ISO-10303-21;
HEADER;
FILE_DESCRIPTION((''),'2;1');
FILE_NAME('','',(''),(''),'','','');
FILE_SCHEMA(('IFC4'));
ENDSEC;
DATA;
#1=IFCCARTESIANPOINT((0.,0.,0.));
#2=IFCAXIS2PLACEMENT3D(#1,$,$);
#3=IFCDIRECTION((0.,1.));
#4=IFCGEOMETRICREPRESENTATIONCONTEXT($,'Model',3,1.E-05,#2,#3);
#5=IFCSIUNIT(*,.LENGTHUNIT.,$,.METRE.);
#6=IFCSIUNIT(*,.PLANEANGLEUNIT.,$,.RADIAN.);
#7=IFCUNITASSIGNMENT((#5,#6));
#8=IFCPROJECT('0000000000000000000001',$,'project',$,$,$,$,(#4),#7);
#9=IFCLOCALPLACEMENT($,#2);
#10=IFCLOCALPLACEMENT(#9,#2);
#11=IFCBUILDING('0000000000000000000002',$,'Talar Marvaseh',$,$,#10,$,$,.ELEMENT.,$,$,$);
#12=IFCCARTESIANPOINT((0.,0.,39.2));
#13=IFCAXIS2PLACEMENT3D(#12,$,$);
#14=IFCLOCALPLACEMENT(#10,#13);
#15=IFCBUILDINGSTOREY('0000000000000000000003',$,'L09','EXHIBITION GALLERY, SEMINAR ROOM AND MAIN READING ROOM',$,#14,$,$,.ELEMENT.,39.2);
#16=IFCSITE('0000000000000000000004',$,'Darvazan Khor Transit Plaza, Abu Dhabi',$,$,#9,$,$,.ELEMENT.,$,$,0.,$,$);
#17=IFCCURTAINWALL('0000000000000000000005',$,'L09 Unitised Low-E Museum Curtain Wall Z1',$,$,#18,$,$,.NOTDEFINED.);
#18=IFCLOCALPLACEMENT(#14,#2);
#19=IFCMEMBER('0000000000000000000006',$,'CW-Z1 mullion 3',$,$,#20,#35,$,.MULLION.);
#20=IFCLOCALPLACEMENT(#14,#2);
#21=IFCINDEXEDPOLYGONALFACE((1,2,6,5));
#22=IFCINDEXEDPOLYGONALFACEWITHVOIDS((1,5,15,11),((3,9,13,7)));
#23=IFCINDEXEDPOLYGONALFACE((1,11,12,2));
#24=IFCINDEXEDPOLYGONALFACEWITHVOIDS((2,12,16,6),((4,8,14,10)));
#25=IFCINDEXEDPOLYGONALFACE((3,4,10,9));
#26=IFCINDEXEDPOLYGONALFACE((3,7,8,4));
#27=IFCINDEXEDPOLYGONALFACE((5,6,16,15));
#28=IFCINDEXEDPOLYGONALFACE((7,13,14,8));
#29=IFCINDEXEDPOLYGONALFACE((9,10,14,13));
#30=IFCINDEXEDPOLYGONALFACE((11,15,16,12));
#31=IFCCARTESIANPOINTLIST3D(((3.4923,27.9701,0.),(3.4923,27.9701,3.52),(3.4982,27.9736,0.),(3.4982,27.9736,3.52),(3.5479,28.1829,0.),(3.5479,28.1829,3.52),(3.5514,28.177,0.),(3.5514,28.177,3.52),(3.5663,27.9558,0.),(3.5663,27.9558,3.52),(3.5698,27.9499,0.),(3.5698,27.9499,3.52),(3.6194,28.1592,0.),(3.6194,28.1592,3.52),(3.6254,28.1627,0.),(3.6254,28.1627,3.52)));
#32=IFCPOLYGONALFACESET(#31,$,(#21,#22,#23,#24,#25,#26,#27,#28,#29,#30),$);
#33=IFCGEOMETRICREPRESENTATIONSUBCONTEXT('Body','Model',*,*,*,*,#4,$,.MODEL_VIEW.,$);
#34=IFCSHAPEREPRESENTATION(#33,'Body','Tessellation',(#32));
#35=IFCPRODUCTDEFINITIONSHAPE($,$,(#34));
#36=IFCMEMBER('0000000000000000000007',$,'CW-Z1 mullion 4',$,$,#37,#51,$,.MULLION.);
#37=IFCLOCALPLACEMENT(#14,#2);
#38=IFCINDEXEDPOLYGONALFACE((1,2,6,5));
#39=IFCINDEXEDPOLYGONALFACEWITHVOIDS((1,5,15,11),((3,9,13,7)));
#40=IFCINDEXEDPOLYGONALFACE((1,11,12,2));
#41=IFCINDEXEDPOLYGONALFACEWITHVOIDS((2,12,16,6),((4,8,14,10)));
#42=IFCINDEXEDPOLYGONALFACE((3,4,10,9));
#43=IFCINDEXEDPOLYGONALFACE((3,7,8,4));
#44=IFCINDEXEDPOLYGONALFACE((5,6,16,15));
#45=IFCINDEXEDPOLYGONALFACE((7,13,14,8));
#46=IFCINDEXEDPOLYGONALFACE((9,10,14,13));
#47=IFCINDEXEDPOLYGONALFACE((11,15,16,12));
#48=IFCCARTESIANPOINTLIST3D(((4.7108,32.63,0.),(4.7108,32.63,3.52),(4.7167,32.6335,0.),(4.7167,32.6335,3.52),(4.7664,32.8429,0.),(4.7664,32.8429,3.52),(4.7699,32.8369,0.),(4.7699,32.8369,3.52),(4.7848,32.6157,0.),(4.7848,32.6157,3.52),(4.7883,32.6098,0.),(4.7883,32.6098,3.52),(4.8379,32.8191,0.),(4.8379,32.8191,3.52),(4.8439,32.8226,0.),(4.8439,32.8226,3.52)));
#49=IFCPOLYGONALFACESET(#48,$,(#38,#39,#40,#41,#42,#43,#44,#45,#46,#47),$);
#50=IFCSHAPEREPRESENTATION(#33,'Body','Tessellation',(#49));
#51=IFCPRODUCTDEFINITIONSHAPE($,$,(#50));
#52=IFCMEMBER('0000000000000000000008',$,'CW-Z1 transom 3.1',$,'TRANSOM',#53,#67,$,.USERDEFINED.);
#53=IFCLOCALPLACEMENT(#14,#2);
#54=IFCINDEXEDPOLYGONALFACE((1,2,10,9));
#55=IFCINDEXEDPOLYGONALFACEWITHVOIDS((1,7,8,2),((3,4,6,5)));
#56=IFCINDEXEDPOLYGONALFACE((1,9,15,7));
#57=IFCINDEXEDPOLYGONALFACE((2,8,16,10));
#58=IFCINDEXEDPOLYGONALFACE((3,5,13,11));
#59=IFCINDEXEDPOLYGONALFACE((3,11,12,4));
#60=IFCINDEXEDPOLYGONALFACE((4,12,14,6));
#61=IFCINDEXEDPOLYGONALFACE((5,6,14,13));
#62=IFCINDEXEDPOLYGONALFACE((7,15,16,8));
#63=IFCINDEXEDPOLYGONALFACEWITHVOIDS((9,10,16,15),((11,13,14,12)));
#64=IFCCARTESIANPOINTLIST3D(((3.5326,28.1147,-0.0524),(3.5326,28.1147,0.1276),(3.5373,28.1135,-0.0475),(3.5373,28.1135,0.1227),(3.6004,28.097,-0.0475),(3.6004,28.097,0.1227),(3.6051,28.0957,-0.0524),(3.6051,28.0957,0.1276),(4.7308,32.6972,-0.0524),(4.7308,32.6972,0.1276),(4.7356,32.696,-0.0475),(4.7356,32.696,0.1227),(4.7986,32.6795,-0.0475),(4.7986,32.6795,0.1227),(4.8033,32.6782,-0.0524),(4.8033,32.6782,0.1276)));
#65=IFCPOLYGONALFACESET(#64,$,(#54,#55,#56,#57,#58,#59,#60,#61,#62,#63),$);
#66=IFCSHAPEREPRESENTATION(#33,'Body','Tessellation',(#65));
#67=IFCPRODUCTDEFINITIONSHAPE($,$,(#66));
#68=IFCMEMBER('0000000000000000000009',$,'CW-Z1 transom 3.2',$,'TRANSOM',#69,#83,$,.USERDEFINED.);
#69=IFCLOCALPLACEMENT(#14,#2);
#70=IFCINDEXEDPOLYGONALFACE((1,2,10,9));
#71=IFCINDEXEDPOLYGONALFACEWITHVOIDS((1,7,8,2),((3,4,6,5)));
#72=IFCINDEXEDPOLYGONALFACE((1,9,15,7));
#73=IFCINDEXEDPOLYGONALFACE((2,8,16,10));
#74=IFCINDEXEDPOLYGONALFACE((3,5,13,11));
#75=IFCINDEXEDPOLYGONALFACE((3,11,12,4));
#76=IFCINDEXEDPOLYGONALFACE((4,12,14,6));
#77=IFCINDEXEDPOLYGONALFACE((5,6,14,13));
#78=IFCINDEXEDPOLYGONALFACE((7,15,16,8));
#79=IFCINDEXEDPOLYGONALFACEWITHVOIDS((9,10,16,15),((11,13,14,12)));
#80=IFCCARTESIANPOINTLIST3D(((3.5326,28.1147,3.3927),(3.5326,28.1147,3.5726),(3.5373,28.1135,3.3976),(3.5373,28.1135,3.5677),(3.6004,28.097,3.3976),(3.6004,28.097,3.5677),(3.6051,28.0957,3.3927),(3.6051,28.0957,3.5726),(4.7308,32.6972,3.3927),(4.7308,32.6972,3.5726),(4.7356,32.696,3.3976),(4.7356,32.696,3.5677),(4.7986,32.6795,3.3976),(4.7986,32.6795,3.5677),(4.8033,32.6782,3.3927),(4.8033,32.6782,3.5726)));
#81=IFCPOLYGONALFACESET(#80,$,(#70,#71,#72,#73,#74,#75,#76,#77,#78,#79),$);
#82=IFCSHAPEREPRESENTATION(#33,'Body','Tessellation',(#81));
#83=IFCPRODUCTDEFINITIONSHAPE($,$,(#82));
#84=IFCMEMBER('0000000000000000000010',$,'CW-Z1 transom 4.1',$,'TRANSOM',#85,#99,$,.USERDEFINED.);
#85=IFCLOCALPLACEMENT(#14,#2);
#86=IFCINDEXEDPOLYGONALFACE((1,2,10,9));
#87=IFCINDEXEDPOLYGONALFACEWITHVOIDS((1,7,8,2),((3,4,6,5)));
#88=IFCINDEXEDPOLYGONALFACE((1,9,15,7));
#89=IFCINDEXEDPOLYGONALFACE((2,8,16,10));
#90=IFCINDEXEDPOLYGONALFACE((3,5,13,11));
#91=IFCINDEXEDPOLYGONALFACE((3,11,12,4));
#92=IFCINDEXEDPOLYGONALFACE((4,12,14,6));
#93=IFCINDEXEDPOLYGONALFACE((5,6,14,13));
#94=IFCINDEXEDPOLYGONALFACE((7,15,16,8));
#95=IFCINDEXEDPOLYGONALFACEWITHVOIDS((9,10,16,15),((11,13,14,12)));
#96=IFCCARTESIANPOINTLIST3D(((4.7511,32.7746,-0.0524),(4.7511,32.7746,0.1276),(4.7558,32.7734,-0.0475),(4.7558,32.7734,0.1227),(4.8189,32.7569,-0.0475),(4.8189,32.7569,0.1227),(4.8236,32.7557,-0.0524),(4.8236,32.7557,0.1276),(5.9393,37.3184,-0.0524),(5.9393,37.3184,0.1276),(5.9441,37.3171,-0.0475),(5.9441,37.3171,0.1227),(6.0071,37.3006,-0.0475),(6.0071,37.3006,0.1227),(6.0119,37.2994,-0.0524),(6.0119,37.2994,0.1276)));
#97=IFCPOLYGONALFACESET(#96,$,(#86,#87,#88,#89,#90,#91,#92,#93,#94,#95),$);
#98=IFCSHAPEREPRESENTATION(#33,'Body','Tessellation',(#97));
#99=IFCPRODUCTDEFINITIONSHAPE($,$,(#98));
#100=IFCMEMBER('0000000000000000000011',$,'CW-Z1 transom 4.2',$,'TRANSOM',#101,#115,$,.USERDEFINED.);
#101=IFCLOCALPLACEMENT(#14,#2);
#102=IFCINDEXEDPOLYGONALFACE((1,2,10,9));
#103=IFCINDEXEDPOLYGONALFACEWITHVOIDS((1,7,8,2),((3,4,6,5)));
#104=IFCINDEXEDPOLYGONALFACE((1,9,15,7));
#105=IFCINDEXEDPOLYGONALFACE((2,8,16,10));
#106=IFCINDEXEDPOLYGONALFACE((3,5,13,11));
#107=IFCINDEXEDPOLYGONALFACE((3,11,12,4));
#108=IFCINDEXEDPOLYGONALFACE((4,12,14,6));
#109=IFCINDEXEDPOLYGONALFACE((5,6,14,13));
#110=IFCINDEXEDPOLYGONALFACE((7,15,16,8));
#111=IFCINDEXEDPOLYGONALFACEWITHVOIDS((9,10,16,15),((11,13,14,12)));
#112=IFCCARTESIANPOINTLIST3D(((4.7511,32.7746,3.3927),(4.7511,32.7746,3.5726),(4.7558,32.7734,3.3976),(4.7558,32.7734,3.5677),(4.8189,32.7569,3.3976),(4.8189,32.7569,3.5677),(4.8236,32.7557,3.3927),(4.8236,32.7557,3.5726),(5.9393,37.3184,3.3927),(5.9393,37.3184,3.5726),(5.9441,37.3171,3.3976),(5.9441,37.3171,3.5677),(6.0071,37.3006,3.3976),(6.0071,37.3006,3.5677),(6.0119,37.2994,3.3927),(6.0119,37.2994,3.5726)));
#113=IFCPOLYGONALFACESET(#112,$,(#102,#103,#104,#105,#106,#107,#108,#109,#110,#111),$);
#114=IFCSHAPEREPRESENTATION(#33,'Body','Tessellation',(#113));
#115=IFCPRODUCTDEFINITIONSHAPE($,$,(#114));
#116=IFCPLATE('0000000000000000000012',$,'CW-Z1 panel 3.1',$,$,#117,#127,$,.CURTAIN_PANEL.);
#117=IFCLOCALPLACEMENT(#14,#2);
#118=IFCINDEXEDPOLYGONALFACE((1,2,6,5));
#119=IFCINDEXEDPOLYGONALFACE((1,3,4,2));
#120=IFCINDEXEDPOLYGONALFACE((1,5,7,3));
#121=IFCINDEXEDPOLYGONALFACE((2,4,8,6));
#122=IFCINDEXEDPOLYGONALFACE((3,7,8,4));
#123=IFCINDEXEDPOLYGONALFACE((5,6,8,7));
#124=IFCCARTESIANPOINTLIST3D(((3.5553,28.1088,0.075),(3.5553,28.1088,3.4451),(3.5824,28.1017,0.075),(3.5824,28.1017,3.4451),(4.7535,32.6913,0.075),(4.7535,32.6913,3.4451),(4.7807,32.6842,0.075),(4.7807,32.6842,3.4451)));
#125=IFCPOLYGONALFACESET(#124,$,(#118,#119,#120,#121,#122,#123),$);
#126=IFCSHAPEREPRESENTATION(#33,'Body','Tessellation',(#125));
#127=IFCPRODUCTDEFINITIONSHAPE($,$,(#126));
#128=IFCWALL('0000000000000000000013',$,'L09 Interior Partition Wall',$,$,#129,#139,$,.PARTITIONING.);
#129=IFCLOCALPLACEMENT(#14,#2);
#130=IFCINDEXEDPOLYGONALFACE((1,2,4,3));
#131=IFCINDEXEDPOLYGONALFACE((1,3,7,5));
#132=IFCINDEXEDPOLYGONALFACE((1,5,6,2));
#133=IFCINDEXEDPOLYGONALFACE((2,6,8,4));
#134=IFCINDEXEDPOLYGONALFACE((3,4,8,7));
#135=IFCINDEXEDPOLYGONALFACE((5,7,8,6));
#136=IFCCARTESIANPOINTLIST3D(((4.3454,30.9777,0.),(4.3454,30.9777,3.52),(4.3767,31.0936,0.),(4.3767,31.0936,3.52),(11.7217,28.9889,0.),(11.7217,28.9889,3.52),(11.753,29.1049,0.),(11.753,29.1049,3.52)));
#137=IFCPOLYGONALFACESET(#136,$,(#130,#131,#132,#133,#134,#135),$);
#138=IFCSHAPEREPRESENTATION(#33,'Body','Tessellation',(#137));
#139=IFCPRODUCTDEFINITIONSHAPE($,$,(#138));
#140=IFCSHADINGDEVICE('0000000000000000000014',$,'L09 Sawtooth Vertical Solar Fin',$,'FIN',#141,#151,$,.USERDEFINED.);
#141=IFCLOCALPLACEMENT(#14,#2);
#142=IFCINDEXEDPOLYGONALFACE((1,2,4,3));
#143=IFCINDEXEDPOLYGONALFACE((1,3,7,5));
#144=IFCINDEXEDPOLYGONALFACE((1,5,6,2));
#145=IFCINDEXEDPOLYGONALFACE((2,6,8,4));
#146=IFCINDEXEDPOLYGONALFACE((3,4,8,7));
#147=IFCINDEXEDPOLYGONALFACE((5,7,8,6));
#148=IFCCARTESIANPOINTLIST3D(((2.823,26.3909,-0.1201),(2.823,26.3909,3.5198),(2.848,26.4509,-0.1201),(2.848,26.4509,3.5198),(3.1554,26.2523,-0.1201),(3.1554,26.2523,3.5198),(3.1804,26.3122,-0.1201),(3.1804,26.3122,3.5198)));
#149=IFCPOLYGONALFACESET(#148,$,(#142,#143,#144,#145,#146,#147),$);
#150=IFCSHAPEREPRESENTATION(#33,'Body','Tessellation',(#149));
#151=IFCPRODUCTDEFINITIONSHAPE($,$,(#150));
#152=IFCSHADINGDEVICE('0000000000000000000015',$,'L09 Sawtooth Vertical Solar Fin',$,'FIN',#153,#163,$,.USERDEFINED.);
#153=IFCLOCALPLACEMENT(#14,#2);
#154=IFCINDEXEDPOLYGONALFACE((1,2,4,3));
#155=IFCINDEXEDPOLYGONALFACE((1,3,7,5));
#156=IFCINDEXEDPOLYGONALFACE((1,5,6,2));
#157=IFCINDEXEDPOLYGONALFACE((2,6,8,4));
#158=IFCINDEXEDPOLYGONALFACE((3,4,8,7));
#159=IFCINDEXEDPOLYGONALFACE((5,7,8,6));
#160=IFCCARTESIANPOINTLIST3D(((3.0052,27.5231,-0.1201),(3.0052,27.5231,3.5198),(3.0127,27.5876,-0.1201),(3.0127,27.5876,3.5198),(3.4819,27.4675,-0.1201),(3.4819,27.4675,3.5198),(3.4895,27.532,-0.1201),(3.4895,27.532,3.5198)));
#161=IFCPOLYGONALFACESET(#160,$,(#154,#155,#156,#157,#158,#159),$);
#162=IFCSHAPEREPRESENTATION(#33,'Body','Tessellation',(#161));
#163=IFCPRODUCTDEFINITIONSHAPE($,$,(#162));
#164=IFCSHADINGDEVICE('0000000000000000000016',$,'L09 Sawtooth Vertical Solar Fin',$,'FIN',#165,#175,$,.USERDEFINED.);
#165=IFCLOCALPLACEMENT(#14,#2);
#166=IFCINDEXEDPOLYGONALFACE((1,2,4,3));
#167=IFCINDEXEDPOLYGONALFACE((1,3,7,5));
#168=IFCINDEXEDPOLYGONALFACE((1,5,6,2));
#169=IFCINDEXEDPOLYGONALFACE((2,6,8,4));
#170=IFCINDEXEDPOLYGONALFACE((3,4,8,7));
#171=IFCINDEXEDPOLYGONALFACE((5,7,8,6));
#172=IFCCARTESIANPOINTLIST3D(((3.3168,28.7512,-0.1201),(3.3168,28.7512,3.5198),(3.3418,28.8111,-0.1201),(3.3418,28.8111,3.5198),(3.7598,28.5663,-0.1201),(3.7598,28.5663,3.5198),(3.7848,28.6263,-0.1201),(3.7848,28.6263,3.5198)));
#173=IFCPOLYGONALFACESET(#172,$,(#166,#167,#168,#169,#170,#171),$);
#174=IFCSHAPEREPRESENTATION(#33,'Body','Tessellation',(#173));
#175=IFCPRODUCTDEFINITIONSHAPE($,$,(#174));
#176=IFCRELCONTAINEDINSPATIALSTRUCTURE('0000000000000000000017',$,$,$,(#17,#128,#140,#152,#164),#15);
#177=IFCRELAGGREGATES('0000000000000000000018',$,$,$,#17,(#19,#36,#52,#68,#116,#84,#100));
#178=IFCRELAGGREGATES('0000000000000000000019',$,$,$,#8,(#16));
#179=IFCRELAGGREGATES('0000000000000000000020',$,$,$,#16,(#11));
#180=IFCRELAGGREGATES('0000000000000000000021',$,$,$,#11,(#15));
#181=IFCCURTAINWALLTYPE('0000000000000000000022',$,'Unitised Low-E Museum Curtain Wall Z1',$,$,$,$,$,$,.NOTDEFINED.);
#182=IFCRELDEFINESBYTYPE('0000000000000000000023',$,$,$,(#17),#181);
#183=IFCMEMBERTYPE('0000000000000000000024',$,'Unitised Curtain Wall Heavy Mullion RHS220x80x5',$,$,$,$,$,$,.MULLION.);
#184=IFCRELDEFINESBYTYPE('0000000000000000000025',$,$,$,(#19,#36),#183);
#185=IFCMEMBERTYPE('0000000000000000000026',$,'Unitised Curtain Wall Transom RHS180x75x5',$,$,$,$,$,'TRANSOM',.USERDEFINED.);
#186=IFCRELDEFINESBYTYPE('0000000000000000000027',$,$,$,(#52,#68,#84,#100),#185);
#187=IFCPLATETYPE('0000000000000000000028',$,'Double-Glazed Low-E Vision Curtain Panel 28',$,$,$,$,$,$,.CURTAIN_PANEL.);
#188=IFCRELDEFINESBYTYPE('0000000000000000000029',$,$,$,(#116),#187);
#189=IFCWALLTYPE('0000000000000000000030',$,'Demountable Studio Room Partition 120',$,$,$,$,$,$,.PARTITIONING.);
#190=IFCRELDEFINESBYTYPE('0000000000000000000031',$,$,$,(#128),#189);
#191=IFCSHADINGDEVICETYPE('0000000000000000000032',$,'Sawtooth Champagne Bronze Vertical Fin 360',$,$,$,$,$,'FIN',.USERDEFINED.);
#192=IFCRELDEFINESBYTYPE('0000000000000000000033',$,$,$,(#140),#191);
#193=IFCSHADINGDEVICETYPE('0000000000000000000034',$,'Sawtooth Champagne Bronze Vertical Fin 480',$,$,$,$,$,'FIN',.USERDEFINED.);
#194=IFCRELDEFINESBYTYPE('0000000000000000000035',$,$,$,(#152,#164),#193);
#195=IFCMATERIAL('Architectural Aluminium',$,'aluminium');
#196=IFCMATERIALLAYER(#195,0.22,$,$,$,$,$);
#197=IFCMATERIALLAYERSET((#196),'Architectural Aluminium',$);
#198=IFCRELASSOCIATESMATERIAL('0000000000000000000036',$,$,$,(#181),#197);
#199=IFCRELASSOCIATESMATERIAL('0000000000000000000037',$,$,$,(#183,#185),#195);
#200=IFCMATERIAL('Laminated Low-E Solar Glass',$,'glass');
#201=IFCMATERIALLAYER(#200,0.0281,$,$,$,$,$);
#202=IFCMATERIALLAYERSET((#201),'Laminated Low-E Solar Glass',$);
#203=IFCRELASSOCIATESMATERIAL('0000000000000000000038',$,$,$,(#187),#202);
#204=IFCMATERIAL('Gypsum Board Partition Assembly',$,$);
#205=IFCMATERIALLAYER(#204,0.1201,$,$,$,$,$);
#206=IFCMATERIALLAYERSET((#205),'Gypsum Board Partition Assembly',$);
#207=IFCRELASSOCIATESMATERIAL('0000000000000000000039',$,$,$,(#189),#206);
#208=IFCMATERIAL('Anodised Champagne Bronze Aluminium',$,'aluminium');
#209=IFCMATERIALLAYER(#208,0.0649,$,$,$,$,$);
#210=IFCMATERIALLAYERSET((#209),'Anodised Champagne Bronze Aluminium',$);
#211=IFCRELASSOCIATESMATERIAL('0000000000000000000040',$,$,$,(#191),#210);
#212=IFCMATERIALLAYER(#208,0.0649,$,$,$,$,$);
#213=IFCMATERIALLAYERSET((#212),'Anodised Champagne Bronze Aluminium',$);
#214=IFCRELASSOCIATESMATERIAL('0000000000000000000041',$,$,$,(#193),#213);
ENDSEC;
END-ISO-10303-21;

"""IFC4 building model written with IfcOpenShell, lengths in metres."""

from ifc_helpers import new_model, si_unit, direction, frame, frame_2d, origin, origin_2d, place, context, subcontext, project, spatial, rectangle, hollow_rectangle, extrude, source, transform, mapped, material, layer, layer_set, material_profile, profile_set, type_object, type_shapes, element, aggregate, save


model = new_model("IFC4")

# Units and contexts
model_context = context("Model", 3, precision=1e-05, world=origin(), true_north=direction((0.0, 1.0)))
body_context = subcontext(model_context, "Body", "Model", "MODEL_VIEW")
ifc_project = project(units=[si_unit("LENGTHUNIT", "METRE"), si_unit("PLANEANGLEUNIT", "RADIAN")], contexts=[model_context])

# Site, building, storey
site_placement = place(None, origin())
site = spatial("IfcSite", under=ifc_project, at=site_placement, Name="Darvazan Khor Transit Plaza, Abu Dhabi", CompositionType="ELEMENT", RefElevation=0.0)
building_placement = place(site_placement, origin())
building = spatial("IfcBuilding", under=site, at=building_placement, Name="Talar Marvaseh", CompositionType="ELEMENT")
storey_placement = place(building_placement, frame((0.0, 0.0, 39.2)))
storey = spatial("IfcBuildingStorey", under=building, at=storey_placement, Name="L09", Description="EXHIBITION GALLERY, SEMINAR ROOM AND MAIN READING ROOM", CompositionType="ELEMENT", Elevation=39.2)

# Curtain wall, members, plate
ifc_material_1 = material(Name="Architectural Aluminium", Category="aluminium")
ifc_layer_1 = layer(ifc_material_1, 0.22)
ifc_layer_set_1 = layer_set([ifc_layer_1], Name="Architectural Aluminium")
curtain_wall_type = type_object("IfcCurtainWallType", Name="Unitised Low-E Museum Curtain Wall Z1", PredefinedType="NOTDEFINED", material=ifc_layer_set_1)
curtain_wall_placement = place(storey_placement, origin())
curtain_wall = element("IfcCurtainWall", 1, at=curtain_wall_placement, inside=storey, type_object=curtain_wall_type, Name="L09 Unitised Low-E Museum Curtain Wall Z1", PredefinedType="NOTDEFINED")
ifc_material_profile_1 = material_profile(ifc_material_1, hollow_rectangle(XDim=0.0801, YDim=0.22, WallThickness=0.0049, at=origin_2d()), Name="RHS220x80x5")
ifc_profile_set_1 = profile_set([ifc_material_profile_1], Name="Architectural Aluminium")
member_type_1 = type_object("IfcMemberType", Name="Unitised Curtain Wall Heavy Mullion RHS220x80x5", PredefinedType="MULLION", material=ifc_profile_set_1)
shared_shape_1 = source(origin(), body_context, "Body", "SweptSolid", [
    extrude(hollow_rectangle(XDim=0.0801, YDim=0.22, WallThickness=0.0049, at=origin_2d()), origin(), (0.0, 0.0, 1.0), 3.52),
])
type_shapes(member_type_1, [shared_shape_1])
member_1_placement = place(storey_placement, frame((3.5588, 28.0664, 0.0), z_axis=(0.0, 0.0, 1.0), x_axis=(-0.967472, 0.252979, 0.0)))
member_1 = element("IfcMember", 2, at=member_1_placement, type_object=member_type_1, Name="CW-Z1 mullion 3", PredefinedType="MULLION", context=body_context, shape_type="MappedRepresentation", body=[
    mapped(shared_shape_1, transform((0.0, 0.0, 0.0), x_axis=(1.0, 0.0, 0.0), y_axis=(0.0, 1.0, 0.0), z_axis=(0.0, 0.0, 1.0), scale=1.0)),
])
member_2_placement = place(storey_placement, frame((4.7773, 32.7263, 0.0), z_axis=(0.0, 0.0, 1.0), x_axis=(-0.967472, 0.252979, 0.0)))
member_2 = element("IfcMember", 3, at=member_2_placement, type_object=member_type_1, Name="CW-Z1 mullion 4", PredefinedType="MULLION", context=body_context, shape_type="MappedRepresentation", body=[
    mapped(shared_shape_1, transform((0.0, 0.0, 0.0), x_axis=(1.0, 0.0, 0.0), y_axis=(0.0, 1.0, 0.0), z_axis=(0.0, 0.0, 1.0), scale=1.0)),
])
ifc_material_profile_2 = material_profile(ifc_material_1, hollow_rectangle(XDim=0.075, YDim=0.1799, WallThickness=0.0049, at=origin_2d()), Name="RHS180x75x5")
ifc_profile_set_2 = profile_set([ifc_material_profile_2], Name="Architectural Aluminium")
member_type_2 = type_object("IfcMemberType", Name="Unitised Curtain Wall Transom RHS180x75x5", ElementType="TRANSOM", PredefinedType="USERDEFINED", material=ifc_profile_set_2)
shared_shape_2 = source(origin(), body_context, "Body", "SweptSolid", [
    extrude(hollow_rectangle(XDim=0.075, YDim=0.1799, WallThickness=0.0049, at=origin_2d()), origin(), (0.0, 0.0, 1.0), 4.7366),
])
member_3_placement = place(storey_placement, frame((3.5688, 28.1052, 0.0376), z_axis=(0.252976, 0.967473, 0.0), x_axis=(-0.967473, 0.252976, 0.0)))
member_3 = element("IfcMember", 4, at=member_3_placement, type_object=member_type_2, Name="CW-Z1 transom 3.1", ObjectType="TRANSOM", PredefinedType="USERDEFINED", context=body_context, shape_type="MappedRepresentation", body=[
    mapped(shared_shape_2, transform((0.0, 0.0, 0.0), x_axis=(1.0, 0.0, 0.0), y_axis=(0.0, 1.0, 0.0), z_axis=(0.0, 0.0, 1.0), scale=1.0)),
])
member_4_placement = place(storey_placement, frame((3.5688, 28.1052, 3.4827), z_axis=(0.252976, 0.967473, 0.0), x_axis=(-0.967473, 0.252976, 0.0)))
member_4 = element("IfcMember", 5, at=member_4_placement, type_object=member_type_2, Name="CW-Z1 transom 3.2", ObjectType="TRANSOM", PredefinedType="USERDEFINED", context=body_context, shape_type="MappedRepresentation", body=[
    mapped(shared_shape_2, transform((0.0, 0.0, 0.0), x_axis=(1.0, 0.0, 0.0), y_axis=(0.0, 1.0, 0.0), z_axis=(0.0, 0.0, 1.0), scale=1.0)),
])
shared_shape_3 = source(origin(), body_context, "Body", "SweptSolid", [
    extrude(hollow_rectangle(XDim=0.075, YDim=0.1799, WallThickness=0.0049, at=origin_2d()), origin(), (0.0, 0.0, 1.0), 4.6965),
])
type_shapes(member_type_2, [shared_shape_2, shared_shape_3])
member_5_placement = place(storey_placement, frame((4.7874, 32.7651, 0.0376), z_axis=(0.253004, 0.967465, 0.0), x_axis=(-0.967465, 0.253004, 0.0)))
member_5 = element("IfcMember", 6, at=member_5_placement, type_object=member_type_2, Name="CW-Z1 transom 4.1", ObjectType="TRANSOM", PredefinedType="USERDEFINED", context=body_context, shape_type="MappedRepresentation", body=[
    mapped(shared_shape_3, transform((0.0, 0.0, 0.0), x_axis=(1.0, 0.0, 0.0), y_axis=(0.0, 1.0, 0.0), z_axis=(0.0, 0.0, 1.0), scale=1.0)),
])
member_6_placement = place(storey_placement, frame((4.7874, 32.7651, 3.4827), z_axis=(0.253004, 0.967465, 0.0), x_axis=(-0.967465, 0.253004, 0.0)))
member_6 = element("IfcMember", 7, at=member_6_placement, type_object=member_type_2, Name="CW-Z1 transom 4.2", ObjectType="TRANSOM", PredefinedType="USERDEFINED", context=body_context, shape_type="MappedRepresentation", body=[
    mapped(shared_shape_3, transform((0.0, 0.0, 0.0), x_axis=(1.0, 0.0, 0.0), y_axis=(0.0, 1.0, 0.0), z_axis=(0.0, 0.0, 1.0), scale=1.0)),
])
ifc_material_2 = material(Name="Laminated Low-E Solar Glass", Category="glass")
ifc_layer_2 = layer(ifc_material_2, 0.0281)
ifc_layer_set_2 = layer_set([ifc_layer_2], Name="Laminated Low-E Solar Glass")
plate_type = type_object("IfcPlateType", Name="Double-Glazed Low-E Vision Curtain Panel 28", PredefinedType="CURTAIN_PANEL", material=ifc_layer_set_2)
shared_shape_4 = source(origin(), body_context, "Body", "SweptSolid", [
    extrude(rectangle(XDim=4.7366, YDim=0.0281, at=origin_2d()), origin(), (0.0, 0.0, 1.0), 3.3701),
])
type_shapes(plate_type, [shared_shape_4])
plate_placement = place(storey_placement, frame((4.168, 30.3965, 0.075), z_axis=(0.0, 0.0, 1.0), x_axis=(0.252979, 0.967472, 0.0)))
plate = element("IfcPlate", 8, at=plate_placement, type_object=plate_type, Name="CW-Z1 panel 3.1", PredefinedType="CURTAIN_PANEL", context=body_context, shape_type="MappedRepresentation", body=[
    mapped(shared_shape_4, transform((0.0, 0.0, 0.0), x_axis=(1.0, 0.0, 0.0), y_axis=(0.0, 1.0, 0.0), z_axis=(0.0, 0.0, 1.0), scale=1.0)),
])
aggregate(curtain_wall, [member_1, member_2, member_3, member_4, plate, member_5, member_6])

# Wall
ifc_material_3 = material(Name="Gypsum Board Partition Assembly")
ifc_layer_3 = layer(ifc_material_3, 0.1201)
ifc_layer_set_3 = layer_set([ifc_layer_3], Name="Gypsum Board Partition Assembly")
wall_type = type_object("IfcWallType", Name="Demountable Studio Room Partition 120", PredefinedType="PARTITIONING", material=ifc_layer_set_3)
wall_placement = place(storey_placement, frame((4.3611, 31.0356, 0.0), z_axis=(0.0, 0.0, 1.0), x_axis=(0.965522, -0.260323, 0.0)))
element("IfcWall", 9, at=wall_placement, inside=storey, type_object=wall_type, Name="L09 Interior Partition Wall", PredefinedType="PARTITIONING", context=body_context, shape_type="SweptSolid", body=[
    extrude(rectangle(XDim=7.6396, YDim=0.1201, at=frame_2d((3.8198, 0.0))), origin(), (0.0, 0.0, 1.0), 3.52),
])

# Shading devices
ifc_material_4 = material(Name="Anodised Champagne Bronze Aluminium", Category="aluminium")
ifc_layer_4 = layer(ifc_material_4, 0.0649)
ifc_layer_set_4 = layer_set([ifc_layer_4], Name="Anodised Champagne Bronze Aluminium")
shading_device_type_1 = type_object("IfcShadingDeviceType", Name="Sawtooth Champagne Bronze Vertical Fin 360", ElementType="FIN", PredefinedType="USERDEFINED", material=ifc_layer_set_4)
shared_shape_5 = source(origin(), body_context, "Body", "SweptSolid", [
    extrude(rectangle(XDim=0.3601, YDim=0.0649, at=origin_2d()), origin(), (0.0, 0.0, 1.0), 3.6399),
])
type_shapes(shading_device_type_1, [shared_shape_5])
shading_device_placement = place(storey_placement, frame((3.0017, 26.3516, -0.1201), z_axis=(0.0, 0.0, 1.0), x_axis=(-0.922875, 0.385101, 0.0)))
element("IfcShadingDevice", 10, at=shading_device_placement, inside=storey, type_object=shading_device_type_1, Name="L09 Sawtooth Vertical Solar Fin", ObjectType="FIN", PredefinedType="USERDEFINED", context=body_context, shape_type="MappedRepresentation", body=[
    mapped(shared_shape_5, transform((0.0, 0.0, 0.0), x_axis=(1.0, 0.0, 0.0), y_axis=(0.0, 1.0, 0.0), z_axis=(0.0, 0.0, 1.0), scale=1.0)),
])
ifc_layer_5 = layer(ifc_material_4, 0.0649)
ifc_layer_set_5 = layer_set([ifc_layer_5], Name="Anodised Champagne Bronze Aluminium")
shading_device_type_2 = type_object("IfcShadingDeviceType", Name="Sawtooth Champagne Bronze Vertical Fin 480", ElementType="FIN", PredefinedType="USERDEFINED", material=ifc_layer_set_5)
shared_shape_6 = source(origin(), body_context, "Body", "SweptSolid", [
    extrude(rectangle(XDim=0.48, YDim=0.0649, at=origin_2d()), origin(), (0.0, 0.0, 1.0), 3.6399),
])
type_shapes(shading_device_type_2, [shared_shape_6])
for number, where, z_axis, x_axis, name in (
    (11, (3.2473, 27.5276, -0.1201), (0.0, 0.0, 1.0), (-0.993272, 0.115804, 0.0), "L09 Sawtooth Vertical Solar Fin"),
    (12, (3.5508, 28.6887, -0.1201), (0.0, 0.0, 1.0), (-0.922875, 0.385101, 0.0), "L09 Sawtooth Vertical Solar Fin"),
):
    element("IfcShadingDevice", number, at=place(storey_placement, frame(where, z_axis=z_axis, x_axis=x_axis)), inside=storey, type_object=shading_device_type_2, Name=name, ObjectType="FIN", PredefinedType="USERDEFINED", context=body_context, shape_type="MappedRepresentation", body=[
        mapped(shared_shape_6, transform((0.0, 0.0, 0.0), x_axis=(1.0, 0.0, 0.0), y_axis=(0.0, 1.0, 0.0), z_axis=(0.0, 0.0, 1.0), scale=1.0)),
    ])

save(model, "model.ifc")
